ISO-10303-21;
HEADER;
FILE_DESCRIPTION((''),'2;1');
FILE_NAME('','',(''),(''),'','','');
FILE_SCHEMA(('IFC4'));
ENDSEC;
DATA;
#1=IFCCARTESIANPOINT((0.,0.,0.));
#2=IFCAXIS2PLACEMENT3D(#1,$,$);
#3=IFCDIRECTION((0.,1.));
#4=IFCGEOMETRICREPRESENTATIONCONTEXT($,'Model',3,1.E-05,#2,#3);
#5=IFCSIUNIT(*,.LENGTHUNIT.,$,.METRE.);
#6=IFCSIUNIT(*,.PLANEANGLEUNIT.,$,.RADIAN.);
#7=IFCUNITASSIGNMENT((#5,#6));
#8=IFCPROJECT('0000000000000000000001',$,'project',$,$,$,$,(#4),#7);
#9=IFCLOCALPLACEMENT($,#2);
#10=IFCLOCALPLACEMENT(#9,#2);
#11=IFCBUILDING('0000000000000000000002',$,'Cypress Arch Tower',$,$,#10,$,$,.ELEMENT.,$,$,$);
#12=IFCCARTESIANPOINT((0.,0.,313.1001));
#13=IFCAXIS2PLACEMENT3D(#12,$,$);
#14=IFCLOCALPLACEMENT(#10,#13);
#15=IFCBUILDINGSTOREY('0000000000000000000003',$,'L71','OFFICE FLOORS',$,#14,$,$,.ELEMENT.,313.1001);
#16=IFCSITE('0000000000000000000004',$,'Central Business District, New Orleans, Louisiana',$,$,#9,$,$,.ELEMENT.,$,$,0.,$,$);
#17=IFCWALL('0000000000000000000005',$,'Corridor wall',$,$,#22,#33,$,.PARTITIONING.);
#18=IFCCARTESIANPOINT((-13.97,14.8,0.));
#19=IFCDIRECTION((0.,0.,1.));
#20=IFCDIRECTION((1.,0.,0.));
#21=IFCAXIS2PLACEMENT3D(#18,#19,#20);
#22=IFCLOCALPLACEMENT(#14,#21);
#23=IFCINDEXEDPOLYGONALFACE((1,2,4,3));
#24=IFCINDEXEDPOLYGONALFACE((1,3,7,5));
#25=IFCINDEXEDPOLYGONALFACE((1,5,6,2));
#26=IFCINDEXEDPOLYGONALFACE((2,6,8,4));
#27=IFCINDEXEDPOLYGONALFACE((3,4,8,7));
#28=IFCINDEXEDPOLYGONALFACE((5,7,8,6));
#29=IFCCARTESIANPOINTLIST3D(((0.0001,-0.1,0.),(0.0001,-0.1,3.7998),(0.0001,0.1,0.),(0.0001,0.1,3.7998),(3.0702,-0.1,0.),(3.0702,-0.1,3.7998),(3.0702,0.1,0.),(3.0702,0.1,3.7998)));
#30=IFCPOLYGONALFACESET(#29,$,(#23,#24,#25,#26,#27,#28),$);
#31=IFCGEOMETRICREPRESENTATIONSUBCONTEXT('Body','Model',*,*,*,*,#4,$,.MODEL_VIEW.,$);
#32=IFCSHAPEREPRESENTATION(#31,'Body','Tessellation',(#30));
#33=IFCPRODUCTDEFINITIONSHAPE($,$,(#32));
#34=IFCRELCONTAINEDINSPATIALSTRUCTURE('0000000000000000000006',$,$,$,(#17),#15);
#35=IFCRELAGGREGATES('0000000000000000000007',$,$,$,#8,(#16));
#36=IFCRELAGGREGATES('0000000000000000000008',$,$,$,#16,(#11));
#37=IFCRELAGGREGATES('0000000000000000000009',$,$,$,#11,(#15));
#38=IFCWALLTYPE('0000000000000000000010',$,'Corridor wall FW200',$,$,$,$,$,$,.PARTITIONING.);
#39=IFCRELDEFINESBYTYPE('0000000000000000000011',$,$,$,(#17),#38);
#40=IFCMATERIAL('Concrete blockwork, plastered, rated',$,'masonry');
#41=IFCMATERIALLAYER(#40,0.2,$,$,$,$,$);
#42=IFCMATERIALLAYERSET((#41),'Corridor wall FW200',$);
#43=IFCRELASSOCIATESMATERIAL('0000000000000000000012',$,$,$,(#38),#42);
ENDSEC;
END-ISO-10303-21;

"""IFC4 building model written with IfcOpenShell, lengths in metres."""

from ifc_helpers import new_model, si_unit, direction, frame, frame_2d, origin, place, context, subcontext, project, spatial, rectangle, extrude, material, layer, layer_set, type_object, element, save


model = new_model("IFC4")

# Units and contexts
model_context = context("Model", 3, precision=1e-05, world=origin(), true_north=direction((0.0, 1.0)))
body_context = subcontext(model_context, "Body", "Model", "MODEL_VIEW")
ifc_project = project(units=[si_unit("LENGTHUNIT", "METRE"), si_unit("PLANEANGLEUNIT", "RADIAN")], contexts=[model_context])

# Site, building, storey
site_placement = place(None, origin())
site = spatial("IfcSite", under=ifc_project, at=site_placement, Name="Central Business District, New Orleans, Louisiana", CompositionType="ELEMENT", RefElevation=0.0)
building_placement = place(site_placement, origin())
building = spatial("IfcBuilding", under=site, at=building_placement, Name="Cypress Arch Tower", CompositionType="ELEMENT")
storey_placement = place(building_placement, frame((0.0, 0.0, 313.1001)))
storey = spatial("IfcBuildingStorey", under=building, at=storey_placement, Name="L71", Description="OFFICE FLOORS", CompositionType="ELEMENT", Elevation=313.1001)

# Wall
ifc_material_1 = material(Name="Concrete blockwork, plastered, rated", Category="masonry")
ifc_layer_1 = layer(ifc_material_1, 0.2)
ifc_layer_set_1 = layer_set([ifc_layer_1], Name="Corridor wall FW200")
wall_type_1 = type_object("IfcWallType", Name="Corridor wall FW200", PredefinedType="PARTITIONING", material=ifc_layer_set_1)
wall_1_placement = place(storey_placement, frame((-13.97, 14.8, 0.0), z_axis=(0.0, 0.0, 1.0), x_axis=(1.0, 0.0, 0.0)))
element("IfcWall", 1, at=wall_1_placement, inside=storey, type_object=wall_type_1, Name="Corridor wall", PredefinedType="PARTITIONING", context=body_context, shape_type="SweptSolid", body=[
    extrude(rectangle(XDim=3.0701, YDim=0.2, at=frame_2d((1.5352, 0.0))), origin(), (0.0, 0.0, 1.0), 3.7998),
])

save(model, "model.ifc")
